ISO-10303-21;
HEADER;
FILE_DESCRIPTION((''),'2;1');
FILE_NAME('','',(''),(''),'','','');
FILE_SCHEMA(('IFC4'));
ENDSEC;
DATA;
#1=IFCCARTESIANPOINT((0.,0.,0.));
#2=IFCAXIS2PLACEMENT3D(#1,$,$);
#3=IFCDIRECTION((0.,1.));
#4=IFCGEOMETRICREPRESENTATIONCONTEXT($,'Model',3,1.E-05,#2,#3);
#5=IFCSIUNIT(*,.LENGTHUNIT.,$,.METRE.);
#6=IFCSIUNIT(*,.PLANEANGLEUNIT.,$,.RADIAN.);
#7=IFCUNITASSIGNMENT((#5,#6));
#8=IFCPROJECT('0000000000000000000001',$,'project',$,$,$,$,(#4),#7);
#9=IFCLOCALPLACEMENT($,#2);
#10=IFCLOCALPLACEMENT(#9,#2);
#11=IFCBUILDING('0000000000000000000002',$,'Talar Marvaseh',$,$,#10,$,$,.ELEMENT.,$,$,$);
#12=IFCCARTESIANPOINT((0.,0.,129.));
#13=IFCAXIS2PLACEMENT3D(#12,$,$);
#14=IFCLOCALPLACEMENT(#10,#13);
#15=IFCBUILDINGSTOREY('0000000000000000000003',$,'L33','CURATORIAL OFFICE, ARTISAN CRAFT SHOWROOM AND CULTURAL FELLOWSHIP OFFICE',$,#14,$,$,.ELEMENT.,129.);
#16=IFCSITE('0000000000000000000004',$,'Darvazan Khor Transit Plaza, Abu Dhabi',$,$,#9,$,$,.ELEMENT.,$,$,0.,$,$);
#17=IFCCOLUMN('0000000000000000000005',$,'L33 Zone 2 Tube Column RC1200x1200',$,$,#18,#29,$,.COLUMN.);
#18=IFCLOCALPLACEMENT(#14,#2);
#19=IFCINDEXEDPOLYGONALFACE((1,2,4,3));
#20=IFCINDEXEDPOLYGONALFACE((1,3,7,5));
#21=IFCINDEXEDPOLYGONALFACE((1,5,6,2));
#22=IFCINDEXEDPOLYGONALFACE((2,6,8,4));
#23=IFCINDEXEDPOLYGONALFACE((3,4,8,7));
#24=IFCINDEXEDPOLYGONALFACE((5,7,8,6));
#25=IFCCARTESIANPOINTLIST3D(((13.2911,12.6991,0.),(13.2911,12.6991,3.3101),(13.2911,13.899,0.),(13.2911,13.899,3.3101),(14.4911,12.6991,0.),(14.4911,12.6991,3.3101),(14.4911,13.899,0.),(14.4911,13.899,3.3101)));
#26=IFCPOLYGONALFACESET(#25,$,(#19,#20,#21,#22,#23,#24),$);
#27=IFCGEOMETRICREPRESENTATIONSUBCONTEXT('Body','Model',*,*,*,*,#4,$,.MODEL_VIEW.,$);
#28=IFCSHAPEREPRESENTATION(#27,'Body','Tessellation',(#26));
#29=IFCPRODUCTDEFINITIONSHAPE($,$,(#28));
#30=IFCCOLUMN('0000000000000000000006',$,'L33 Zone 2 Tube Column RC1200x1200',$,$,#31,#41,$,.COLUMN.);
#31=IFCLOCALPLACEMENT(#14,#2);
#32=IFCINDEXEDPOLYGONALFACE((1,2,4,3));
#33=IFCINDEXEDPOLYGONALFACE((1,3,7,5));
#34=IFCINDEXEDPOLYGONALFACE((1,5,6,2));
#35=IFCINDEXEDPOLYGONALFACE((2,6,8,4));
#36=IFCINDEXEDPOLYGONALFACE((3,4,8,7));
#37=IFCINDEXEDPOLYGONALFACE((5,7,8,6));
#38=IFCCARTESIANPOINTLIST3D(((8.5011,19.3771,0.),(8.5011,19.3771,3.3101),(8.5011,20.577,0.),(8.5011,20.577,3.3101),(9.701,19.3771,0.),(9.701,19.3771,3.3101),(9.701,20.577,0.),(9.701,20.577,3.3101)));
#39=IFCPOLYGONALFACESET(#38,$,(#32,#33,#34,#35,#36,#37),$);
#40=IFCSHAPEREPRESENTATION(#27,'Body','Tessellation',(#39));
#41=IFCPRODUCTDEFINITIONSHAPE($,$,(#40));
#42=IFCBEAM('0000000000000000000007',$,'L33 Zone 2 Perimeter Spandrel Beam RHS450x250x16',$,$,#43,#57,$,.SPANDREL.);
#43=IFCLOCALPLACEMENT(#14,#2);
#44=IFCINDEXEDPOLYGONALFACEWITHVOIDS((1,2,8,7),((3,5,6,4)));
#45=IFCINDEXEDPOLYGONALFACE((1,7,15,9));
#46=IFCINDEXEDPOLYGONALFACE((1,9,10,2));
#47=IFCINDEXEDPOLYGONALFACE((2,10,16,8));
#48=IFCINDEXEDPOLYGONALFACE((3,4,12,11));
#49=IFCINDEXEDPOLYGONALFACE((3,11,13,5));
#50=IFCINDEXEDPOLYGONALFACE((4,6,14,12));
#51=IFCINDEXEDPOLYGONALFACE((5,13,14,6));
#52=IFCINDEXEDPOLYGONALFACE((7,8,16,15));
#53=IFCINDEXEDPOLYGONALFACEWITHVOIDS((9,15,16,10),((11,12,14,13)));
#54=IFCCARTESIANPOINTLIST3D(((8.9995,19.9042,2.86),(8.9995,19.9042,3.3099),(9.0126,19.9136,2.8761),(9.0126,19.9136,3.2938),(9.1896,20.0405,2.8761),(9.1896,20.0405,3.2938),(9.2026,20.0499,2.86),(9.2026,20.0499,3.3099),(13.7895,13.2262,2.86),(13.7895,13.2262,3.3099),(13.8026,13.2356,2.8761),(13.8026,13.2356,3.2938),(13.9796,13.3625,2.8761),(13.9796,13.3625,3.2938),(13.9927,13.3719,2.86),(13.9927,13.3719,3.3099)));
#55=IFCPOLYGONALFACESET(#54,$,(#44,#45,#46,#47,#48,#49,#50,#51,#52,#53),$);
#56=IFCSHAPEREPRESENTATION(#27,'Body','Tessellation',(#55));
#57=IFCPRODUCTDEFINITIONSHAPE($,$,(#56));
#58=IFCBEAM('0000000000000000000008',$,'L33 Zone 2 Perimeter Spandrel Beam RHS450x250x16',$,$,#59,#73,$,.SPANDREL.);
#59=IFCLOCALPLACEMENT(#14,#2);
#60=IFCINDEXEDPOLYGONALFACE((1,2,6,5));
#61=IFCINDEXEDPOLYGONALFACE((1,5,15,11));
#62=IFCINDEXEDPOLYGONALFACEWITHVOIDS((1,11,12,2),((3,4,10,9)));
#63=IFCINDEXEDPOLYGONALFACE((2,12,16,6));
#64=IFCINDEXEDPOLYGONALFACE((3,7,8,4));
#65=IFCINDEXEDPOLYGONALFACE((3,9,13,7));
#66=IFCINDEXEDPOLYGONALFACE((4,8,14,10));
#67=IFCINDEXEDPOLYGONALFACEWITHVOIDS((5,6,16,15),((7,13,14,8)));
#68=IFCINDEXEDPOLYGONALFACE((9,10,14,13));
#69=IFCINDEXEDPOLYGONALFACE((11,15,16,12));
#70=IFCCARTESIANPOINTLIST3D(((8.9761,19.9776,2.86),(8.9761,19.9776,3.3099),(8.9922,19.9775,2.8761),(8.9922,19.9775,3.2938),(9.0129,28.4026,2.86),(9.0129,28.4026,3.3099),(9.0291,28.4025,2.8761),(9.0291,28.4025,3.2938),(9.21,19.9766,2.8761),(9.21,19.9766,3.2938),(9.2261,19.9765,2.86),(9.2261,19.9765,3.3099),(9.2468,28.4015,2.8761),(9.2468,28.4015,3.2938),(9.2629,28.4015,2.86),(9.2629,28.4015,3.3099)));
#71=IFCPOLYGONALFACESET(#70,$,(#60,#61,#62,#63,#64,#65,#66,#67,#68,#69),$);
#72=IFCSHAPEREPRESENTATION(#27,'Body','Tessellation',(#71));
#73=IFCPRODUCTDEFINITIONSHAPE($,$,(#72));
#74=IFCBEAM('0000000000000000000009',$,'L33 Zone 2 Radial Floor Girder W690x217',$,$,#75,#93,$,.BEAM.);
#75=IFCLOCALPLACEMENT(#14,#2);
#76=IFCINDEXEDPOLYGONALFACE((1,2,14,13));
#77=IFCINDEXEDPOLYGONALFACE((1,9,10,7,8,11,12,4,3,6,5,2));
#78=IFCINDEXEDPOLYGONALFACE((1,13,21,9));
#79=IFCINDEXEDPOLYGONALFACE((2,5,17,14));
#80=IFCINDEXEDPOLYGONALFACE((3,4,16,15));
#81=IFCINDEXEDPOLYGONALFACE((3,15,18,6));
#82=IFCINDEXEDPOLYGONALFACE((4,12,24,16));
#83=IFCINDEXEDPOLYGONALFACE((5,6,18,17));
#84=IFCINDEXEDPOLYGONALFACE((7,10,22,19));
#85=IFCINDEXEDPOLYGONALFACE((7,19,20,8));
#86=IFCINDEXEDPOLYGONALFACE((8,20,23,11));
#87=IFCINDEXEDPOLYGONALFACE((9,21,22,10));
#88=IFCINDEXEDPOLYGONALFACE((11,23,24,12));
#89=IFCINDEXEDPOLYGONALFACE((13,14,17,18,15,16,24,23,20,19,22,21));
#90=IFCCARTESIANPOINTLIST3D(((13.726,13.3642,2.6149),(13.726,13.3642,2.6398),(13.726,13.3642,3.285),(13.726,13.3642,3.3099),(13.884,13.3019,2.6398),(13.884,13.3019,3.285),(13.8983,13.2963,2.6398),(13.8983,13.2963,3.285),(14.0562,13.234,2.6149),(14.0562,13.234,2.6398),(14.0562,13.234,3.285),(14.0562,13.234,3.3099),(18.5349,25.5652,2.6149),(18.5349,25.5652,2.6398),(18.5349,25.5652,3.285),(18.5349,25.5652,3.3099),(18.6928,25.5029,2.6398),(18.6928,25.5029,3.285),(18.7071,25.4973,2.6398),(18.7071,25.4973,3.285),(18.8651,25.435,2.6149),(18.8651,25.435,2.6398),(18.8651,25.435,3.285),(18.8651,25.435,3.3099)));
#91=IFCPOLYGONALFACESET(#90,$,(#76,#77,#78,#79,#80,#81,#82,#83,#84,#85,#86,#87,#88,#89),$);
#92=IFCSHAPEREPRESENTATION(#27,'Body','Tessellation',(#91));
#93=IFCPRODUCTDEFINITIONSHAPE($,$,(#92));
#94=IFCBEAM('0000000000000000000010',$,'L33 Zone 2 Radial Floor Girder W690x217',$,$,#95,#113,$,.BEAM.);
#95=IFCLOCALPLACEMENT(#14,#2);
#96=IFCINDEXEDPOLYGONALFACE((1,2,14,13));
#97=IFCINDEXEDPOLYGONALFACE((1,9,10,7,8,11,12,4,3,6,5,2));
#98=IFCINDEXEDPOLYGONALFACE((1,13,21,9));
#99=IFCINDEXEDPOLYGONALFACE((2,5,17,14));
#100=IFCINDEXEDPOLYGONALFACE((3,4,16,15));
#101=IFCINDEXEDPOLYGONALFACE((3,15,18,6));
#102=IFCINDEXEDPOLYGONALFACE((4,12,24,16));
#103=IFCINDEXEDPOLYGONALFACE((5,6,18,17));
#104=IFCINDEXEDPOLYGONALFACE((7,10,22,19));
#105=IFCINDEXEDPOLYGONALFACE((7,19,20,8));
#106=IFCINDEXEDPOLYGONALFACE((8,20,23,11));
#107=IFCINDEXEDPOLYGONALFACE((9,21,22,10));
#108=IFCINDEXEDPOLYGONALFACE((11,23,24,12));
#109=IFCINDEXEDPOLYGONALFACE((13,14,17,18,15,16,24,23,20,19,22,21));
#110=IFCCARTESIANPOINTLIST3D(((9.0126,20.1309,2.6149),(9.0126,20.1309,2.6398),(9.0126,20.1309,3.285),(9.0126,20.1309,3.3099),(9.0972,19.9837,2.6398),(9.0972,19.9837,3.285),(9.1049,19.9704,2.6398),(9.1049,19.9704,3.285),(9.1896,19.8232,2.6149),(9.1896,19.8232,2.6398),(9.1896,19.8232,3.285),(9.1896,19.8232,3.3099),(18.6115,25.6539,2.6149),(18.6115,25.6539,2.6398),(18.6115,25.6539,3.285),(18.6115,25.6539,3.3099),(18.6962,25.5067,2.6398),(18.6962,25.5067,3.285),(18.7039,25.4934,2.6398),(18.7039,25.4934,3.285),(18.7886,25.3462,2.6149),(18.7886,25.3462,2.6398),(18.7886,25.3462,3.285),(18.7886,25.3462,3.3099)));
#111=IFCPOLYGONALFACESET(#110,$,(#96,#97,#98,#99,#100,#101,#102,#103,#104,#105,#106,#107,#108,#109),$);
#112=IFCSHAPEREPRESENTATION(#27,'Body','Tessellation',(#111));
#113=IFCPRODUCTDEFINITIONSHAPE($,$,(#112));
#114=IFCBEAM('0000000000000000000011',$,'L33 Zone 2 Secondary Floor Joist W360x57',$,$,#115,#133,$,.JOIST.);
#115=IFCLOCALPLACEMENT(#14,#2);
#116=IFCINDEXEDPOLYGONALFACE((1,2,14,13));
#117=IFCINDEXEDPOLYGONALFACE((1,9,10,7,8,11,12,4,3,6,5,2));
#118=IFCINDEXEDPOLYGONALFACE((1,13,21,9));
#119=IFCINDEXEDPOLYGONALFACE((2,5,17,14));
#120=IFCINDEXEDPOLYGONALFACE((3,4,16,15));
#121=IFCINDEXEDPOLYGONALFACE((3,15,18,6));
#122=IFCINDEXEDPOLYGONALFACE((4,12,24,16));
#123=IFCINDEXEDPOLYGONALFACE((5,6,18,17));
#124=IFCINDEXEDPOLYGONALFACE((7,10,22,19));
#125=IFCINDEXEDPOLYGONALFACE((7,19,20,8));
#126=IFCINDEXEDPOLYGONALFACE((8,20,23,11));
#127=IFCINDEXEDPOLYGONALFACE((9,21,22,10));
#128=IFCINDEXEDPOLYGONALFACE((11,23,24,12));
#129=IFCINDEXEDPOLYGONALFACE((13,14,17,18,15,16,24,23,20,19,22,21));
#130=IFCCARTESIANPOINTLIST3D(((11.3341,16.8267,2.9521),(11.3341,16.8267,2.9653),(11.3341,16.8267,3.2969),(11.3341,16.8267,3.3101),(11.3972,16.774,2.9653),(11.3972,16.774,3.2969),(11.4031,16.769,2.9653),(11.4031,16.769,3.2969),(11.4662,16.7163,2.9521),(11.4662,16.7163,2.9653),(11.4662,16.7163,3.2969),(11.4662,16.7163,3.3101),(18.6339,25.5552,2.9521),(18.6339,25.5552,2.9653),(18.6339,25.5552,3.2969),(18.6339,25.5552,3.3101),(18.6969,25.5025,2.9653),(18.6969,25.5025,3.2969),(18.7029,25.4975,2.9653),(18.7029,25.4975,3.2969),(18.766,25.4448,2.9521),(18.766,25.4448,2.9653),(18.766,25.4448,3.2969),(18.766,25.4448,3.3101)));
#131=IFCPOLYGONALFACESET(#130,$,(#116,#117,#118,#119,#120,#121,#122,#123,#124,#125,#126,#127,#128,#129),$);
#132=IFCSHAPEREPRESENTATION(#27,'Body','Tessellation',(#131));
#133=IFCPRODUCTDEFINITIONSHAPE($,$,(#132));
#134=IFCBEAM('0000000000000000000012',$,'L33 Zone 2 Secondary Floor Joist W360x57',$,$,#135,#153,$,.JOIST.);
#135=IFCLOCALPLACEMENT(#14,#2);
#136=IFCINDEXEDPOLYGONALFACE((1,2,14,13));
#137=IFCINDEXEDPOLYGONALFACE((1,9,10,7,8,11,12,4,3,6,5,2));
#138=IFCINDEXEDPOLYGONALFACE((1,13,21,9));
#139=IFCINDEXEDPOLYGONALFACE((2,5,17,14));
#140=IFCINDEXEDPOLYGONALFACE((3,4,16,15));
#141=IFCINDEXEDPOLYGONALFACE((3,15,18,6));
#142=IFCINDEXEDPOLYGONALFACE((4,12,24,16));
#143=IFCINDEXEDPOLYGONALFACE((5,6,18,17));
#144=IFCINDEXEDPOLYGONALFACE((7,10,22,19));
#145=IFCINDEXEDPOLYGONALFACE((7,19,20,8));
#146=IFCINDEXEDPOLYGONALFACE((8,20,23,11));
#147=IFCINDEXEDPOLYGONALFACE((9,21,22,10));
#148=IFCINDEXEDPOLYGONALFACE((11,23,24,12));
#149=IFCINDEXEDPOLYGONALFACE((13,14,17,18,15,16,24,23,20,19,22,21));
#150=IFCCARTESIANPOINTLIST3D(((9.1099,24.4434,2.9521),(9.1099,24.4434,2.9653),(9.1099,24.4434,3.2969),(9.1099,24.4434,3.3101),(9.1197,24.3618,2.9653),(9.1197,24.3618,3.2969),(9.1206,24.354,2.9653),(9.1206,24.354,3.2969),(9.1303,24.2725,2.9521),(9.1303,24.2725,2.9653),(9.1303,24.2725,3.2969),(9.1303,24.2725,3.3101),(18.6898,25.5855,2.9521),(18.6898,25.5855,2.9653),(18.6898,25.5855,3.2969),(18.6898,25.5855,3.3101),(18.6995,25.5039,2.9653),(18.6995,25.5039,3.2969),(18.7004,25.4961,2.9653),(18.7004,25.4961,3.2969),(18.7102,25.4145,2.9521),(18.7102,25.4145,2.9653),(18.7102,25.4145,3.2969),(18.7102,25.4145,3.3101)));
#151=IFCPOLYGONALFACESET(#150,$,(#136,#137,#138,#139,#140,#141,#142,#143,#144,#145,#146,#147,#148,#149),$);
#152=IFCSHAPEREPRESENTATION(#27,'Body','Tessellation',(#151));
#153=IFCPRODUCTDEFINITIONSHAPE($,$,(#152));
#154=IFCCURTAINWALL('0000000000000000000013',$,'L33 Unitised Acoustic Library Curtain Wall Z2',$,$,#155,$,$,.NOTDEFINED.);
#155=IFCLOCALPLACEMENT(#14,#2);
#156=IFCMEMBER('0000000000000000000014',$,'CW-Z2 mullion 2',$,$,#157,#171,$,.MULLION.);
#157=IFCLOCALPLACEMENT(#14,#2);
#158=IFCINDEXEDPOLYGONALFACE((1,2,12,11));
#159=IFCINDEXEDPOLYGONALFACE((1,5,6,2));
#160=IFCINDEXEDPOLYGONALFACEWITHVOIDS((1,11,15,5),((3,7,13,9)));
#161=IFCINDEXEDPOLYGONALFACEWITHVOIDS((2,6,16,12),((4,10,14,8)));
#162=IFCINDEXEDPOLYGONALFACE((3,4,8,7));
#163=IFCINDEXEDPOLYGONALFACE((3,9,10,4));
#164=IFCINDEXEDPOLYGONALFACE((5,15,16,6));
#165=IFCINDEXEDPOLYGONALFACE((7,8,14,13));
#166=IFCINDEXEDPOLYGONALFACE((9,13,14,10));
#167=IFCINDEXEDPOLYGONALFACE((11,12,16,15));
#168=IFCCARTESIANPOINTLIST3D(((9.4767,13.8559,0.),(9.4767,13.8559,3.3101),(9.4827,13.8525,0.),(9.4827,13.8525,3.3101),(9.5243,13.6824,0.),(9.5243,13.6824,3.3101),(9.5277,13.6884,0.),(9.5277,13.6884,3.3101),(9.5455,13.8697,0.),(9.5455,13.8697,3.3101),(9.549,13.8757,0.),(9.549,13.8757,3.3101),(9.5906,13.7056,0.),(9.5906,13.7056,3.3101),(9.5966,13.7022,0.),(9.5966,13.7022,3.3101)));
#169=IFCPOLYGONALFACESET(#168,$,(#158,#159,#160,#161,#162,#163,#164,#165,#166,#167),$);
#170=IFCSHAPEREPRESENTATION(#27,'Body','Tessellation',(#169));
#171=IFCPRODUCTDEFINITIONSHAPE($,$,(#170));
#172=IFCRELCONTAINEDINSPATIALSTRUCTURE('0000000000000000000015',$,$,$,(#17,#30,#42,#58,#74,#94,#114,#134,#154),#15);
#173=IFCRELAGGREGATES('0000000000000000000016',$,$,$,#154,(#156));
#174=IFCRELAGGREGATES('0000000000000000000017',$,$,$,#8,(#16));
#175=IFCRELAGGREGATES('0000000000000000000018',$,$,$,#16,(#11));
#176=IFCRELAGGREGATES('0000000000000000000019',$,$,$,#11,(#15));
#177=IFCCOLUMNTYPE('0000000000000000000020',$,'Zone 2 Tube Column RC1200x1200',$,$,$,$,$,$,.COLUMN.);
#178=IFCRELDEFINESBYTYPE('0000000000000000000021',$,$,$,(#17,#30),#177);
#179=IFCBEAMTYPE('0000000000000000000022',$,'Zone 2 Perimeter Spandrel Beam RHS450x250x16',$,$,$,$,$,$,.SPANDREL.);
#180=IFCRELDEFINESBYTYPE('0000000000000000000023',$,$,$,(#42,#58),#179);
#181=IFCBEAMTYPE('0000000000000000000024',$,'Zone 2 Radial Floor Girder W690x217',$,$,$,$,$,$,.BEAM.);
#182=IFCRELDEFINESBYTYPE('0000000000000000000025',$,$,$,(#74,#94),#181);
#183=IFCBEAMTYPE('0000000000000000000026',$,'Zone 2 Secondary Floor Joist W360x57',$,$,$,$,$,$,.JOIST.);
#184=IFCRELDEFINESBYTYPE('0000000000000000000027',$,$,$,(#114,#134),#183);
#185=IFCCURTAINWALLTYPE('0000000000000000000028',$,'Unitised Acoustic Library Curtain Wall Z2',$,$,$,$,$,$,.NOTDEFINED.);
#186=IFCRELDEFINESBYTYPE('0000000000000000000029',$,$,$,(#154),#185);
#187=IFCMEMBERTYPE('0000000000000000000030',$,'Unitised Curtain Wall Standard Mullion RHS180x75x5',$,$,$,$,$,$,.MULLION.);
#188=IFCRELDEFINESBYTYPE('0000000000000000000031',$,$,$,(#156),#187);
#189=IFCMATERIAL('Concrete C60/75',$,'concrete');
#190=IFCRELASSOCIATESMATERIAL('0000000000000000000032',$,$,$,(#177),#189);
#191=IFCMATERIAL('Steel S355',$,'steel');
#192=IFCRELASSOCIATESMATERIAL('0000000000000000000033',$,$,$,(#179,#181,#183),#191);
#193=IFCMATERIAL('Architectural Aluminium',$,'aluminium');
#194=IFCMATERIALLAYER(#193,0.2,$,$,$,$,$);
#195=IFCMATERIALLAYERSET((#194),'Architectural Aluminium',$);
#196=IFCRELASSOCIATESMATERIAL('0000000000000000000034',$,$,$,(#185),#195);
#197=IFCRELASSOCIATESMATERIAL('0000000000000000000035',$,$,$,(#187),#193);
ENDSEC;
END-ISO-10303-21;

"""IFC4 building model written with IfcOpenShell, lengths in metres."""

from ifc_helpers import new_model, si_unit, direction, frame, origin, origin_2d, place, context, subcontext, project, spatial, rectangle, hollow_rectangle, i_section, extrude, source, transform, mapped, material, layer, layer_set, material_profile, profile_set, type_object, type_shapes, element, aggregate, save


model = new_model("IFC4")

# Units and contexts
model_context = context("Model", 3, precision=1e-05, world=origin(), true_north=direction((0.0, 1.0)))
body_context = subcontext(model_context, "Body", "Model", "MODEL_VIEW")
ifc_project = project(units=[si_unit("LENGTHUNIT", "METRE"), si_unit("PLANEANGLEUNIT", "RADIAN")], contexts=[model_context])

# Site, building, storey
site_placement = place(None, origin())
site = spatial("IfcSite", under=ifc_project, at=site_placement, Name="Darvazan Khor Transit Plaza, Abu Dhabi", CompositionType="ELEMENT", RefElevation=0.0)
building_placement = place(site_placement, origin())
building = spatial("IfcBuilding", under=site, at=building_placement, Name="Talar Marvaseh", CompositionType="ELEMENT")
storey_placement = place(building_placement, frame((0.0, 0.0, 129.0)))
storey = spatial("IfcBuildingStorey", under=building, at=storey_placement, Name="L33", Description="CURATORIAL OFFICE, ARTISAN CRAFT SHOWROOM AND CULTURAL FELLOWSHIP OFFICE", CompositionType="ELEMENT", Elevation=129.0)

# Columns
ifc_material_1 = material(Name="Concrete C60/75", Category="concrete")
ifc_material_profile_1 = material_profile(ifc_material_1, rectangle(XDim=1.2, YDim=1.2, at=origin_2d()), Name="RC1200x1200")
ifc_profile_set_1 = profile_set([ifc_material_profile_1], Name="Concrete C60/75")
column_type = type_object("IfcColumnType", Name="Zone 2 Tube Column RC1200x1200", PredefinedType="COLUMN", material=ifc_profile_set_1)
for number, where, z_axis, x_axis, name in (
    (1, (13.8911, 13.2991, 0.0), (0.0, 0.0, 1.0), (1.0, 0.0, 0.0), "L33 Zone 2 Tube Column RC1200x1200"),
    (2, (9.1011, 19.9771, 0.0), (0.0, 0.0, 1.0), (1.0, 0.0, 0.0), "L33 Zone 2 Tube Column RC1200x1200"),
):
    element("IfcColumn", number, at=place(storey_placement, frame(where, z_axis=z_axis, x_axis=x_axis)), inside=storey, type_object=column_type, Name=name, PredefinedType="COLUMN", context=body_context, shape_type="SweptSolid", body=[
        extrude(rectangle(XDim=1.2, YDim=1.2, at=origin_2d()), origin(), (0.0, 0.0, 1.0), 3.3101),
    ])

# Beams
ifc_material_2 = material(Name="Steel S355", Category="steel")
ifc_material_profile_2 = material_profile(ifc_material_2, hollow_rectangle(XDim=0.25, YDim=0.45, WallThickness=0.0161, at=origin_2d()), Name="RHS450x250x16")
ifc_profile_set_2 = profile_set([ifc_material_profile_2], Name="Steel S355")
beam_type_1 = type_object("IfcBeamType", Name="Zone 2 Perimeter Spandrel Beam RHS450x250x16", PredefinedType="SPANDREL", material=ifc_profile_set_2)
beam_1_placement = place(storey_placement, frame((13.8911, 13.2991, 3.085), z_axis=(-0.582853, 0.812578, 0.0), x_axis=(-0.812578, -0.582853, 0.0)))
element("IfcBeam", 3, at=beam_1_placement, inside=storey, type_object=beam_type_1, Name="L33 Zone 2 Perimeter Spandrel Beam RHS450x250x16", PredefinedType="SPANDREL", context=body_context, shape_type="SweptSolid", body=[
    extrude(hollow_rectangle(XDim=0.25, YDim=0.45, WallThickness=0.0161, at=origin_2d()), origin(), (0.0, 0.0, 1.0), 8.2183),
])
beam_2_placement = place(storey_placement, frame((9.1011, 19.9771, 3.085), z_axis=(0.004376, 0.99999, 0.0), x_axis=(-0.99999, 0.004376, 0.0)))
element("IfcBeam", 4, at=beam_2_placement, inside=storey, type_object=beam_type_1, Name="L33 Zone 2 Perimeter Spandrel Beam RHS450x250x16", PredefinedType="SPANDREL", context=body_context, shape_type="SweptSolid", body=[
    extrude(hollow_rectangle(XDim=0.25, YDim=0.45, WallThickness=0.0161, at=origin_2d()), origin(), (0.0, 0.0, 1.0), 8.425),
])
ifc_material_profile_3 = material_profile(ifc_material_2, i_section(OverallWidth=0.355, OverallDepth=0.6951, WebThickness=0.0154, FlangeThickness=0.0249, at=origin_2d()), Name="W690x217")
ifc_profile_set_3 = profile_set([ifc_material_profile_3], Name="Steel S355")
beam_type_2 = type_object("IfcBeamType", Name="Zone 2 Radial Floor Girder W690x217", PredefinedType="BEAM", material=ifc_profile_set_3)
beam_3_placement = place(storey_placement, frame((13.8911, 13.2991, 2.9624), z_axis=(0.366684, 0.930346, 0.0), x_axis=(-0.930346, 0.366684, 0.0)))
element("IfcBeam", 5, at=beam_3_placement, inside=storey, type_object=beam_type_2, Name="L33 Zone 2 Radial Floor Girder W690x217", PredefinedType="BEAM", context=body_context, shape_type="SweptSolid", body=[
    extrude(i_section(OverallWidth=0.355, OverallDepth=0.6951, WebThickness=0.0154, FlangeThickness=0.0249, at=origin_2d()), origin(), (0.0, 0.0, 1.0), 13.1145),
])
beam_4_placement = place(storey_placement, frame((9.1011, 19.9771, 2.9624), z_axis=(0.866766, 0.498715, 0.0), x_axis=(-0.498715, 0.866766, 0.0)))
element("IfcBeam", 6, at=beam_4_placement, inside=storey, type_object=beam_type_2, Name="L33 Zone 2 Radial Floor Girder W690x217", PredefinedType="BEAM", context=body_context, shape_type="SweptSolid", body=[
    extrude(i_section(OverallWidth=0.355, OverallDepth=0.6951, WebThickness=0.0154, FlangeThickness=0.0249, at=origin_2d()), origin(), (0.0, 0.0, 1.0), 11.0745),
])
ifc_material_profile_4 = material_profile(ifc_material_2, i_section(OverallWidth=0.1721, OverallDepth=0.3579, WebThickness=0.0078, FlangeThickness=0.0132, at=origin_2d()), Name="W360x57")
ifc_profile_set_4 = profile_set([ifc_material_profile_4], Name="Steel S355")
beam_type_3 = type_object("IfcBeamType", Name="Zone 2 Secondary Floor Joist W360x57", PredefinedType="JOIST", material=ifc_profile_set_4)
beam_5_placement = place(storey_placement, frame((11.4001, 16.7715, 3.1311), z_axis=(0.641534, 0.767095, 0.0), x_axis=(-0.767095, 0.641534, 0.0)))
element("IfcBeam", 7, at=beam_5_placement, inside=storey, type_object=beam_type_3, Name="L33 Zone 2 Secondary Floor Joist W360x57", PredefinedType="JOIST", context=body_context, shape_type="SweptSolid", body=[
    extrude(i_section(OverallWidth=0.1721, OverallDepth=0.3579, WebThickness=0.0078, FlangeThickness=0.0132, at=origin_2d()), origin(), (0.0, 0.0, 1.0), 11.3787),
])
beam_6_placement = place(storey_placement, frame((9.1201, 24.3579, 3.1311), z_axis=(0.992968, 0.11838, 0.0), x_axis=(-0.11838, 0.992968, 0.0)))
element("IfcBeam", 8, at=beam_6_placement, inside=storey, type_object=beam_type_3, Name="L33 Zone 2 Secondary Floor Joist W360x57", PredefinedType="JOIST", context=body_context, shape_type="SweptSolid", body=[
    extrude(i_section(OverallWidth=0.1721, OverallDepth=0.3579, WebThickness=0.0078, FlangeThickness=0.0132, at=origin_2d()), origin(), (0.0, 0.0, 1.0), 9.6477),
])

# Curtain wall, member
ifc_material_3 = material(Name="Architectural Aluminium", Category="aluminium")
ifc_layer_1 = layer(ifc_material_3, 0.2)
ifc_layer_set_1 = layer_set([ifc_layer_1], Name="Architectural Aluminium")
curtain_wall_type = type_object("IfcCurtainWallType", Name="Unitised Acoustic Library Curtain Wall Z2", PredefinedType="NOTDEFINED", material=ifc_layer_set_1)
curtain_wall_placement = place(storey_placement, origin())
curtain_wall = element("IfcCurtainWall", 9, at=curtain_wall_placement, inside=storey, type_object=curtain_wall_type, Name="L33 Unitised Acoustic Library Curtain Wall Z2", PredefinedType="NOTDEFINED")
ifc_material_profile_5 = material_profile(ifc_material_3, hollow_rectangle(XDim=0.075, YDim=0.1799, WallThickness=0.0049, at=origin_2d()), Name="RHS180x75x5")
ifc_profile_set_5 = profile_set([ifc_material_profile_5], Name="Architectural Aluminium")
member_type_1 = type_object("IfcMemberType", Name="Unitised Curtain Wall Standard Mullion RHS180x75x5", PredefinedType="MULLION", material=ifc_profile_set_5)
shared_shape_1 = source(origin(), body_context, "Body", "SweptSolid", [
    extrude(hollow_rectangle(XDim=0.075, YDim=0.1799, WallThickness=0.0049, at=origin_2d()), origin(), (0.0, 0.0, 1.0), 3.3101),
])
type_shapes(member_type_1, [shared_shape_1])
member_1_placement = place(storey_placement, frame((9.5366, 13.7791, 0.0), z_axis=(0.0, 0.0, 1.0), x_axis=(-0.964345, -0.264647, 0.0)))
member_1 = element("IfcMember", 10, at=member_1_placement, type_object=member_type_1, Name="CW-Z2 mullion 2", PredefinedType="MULLION", context=body_context, shape_type="MappedRepresentation", body=[
    mapped(shared_shape_1, transform((0.0, 0.0, 0.0), x_axis=(1.0, 0.0, 0.0), y_axis=(0.0, 1.0, 0.0), z_axis=(0.0, 0.0, 1.0), scale=1.0)),
])
aggregate(curtain_wall, [member_1])

save(model, "model.ifc")
